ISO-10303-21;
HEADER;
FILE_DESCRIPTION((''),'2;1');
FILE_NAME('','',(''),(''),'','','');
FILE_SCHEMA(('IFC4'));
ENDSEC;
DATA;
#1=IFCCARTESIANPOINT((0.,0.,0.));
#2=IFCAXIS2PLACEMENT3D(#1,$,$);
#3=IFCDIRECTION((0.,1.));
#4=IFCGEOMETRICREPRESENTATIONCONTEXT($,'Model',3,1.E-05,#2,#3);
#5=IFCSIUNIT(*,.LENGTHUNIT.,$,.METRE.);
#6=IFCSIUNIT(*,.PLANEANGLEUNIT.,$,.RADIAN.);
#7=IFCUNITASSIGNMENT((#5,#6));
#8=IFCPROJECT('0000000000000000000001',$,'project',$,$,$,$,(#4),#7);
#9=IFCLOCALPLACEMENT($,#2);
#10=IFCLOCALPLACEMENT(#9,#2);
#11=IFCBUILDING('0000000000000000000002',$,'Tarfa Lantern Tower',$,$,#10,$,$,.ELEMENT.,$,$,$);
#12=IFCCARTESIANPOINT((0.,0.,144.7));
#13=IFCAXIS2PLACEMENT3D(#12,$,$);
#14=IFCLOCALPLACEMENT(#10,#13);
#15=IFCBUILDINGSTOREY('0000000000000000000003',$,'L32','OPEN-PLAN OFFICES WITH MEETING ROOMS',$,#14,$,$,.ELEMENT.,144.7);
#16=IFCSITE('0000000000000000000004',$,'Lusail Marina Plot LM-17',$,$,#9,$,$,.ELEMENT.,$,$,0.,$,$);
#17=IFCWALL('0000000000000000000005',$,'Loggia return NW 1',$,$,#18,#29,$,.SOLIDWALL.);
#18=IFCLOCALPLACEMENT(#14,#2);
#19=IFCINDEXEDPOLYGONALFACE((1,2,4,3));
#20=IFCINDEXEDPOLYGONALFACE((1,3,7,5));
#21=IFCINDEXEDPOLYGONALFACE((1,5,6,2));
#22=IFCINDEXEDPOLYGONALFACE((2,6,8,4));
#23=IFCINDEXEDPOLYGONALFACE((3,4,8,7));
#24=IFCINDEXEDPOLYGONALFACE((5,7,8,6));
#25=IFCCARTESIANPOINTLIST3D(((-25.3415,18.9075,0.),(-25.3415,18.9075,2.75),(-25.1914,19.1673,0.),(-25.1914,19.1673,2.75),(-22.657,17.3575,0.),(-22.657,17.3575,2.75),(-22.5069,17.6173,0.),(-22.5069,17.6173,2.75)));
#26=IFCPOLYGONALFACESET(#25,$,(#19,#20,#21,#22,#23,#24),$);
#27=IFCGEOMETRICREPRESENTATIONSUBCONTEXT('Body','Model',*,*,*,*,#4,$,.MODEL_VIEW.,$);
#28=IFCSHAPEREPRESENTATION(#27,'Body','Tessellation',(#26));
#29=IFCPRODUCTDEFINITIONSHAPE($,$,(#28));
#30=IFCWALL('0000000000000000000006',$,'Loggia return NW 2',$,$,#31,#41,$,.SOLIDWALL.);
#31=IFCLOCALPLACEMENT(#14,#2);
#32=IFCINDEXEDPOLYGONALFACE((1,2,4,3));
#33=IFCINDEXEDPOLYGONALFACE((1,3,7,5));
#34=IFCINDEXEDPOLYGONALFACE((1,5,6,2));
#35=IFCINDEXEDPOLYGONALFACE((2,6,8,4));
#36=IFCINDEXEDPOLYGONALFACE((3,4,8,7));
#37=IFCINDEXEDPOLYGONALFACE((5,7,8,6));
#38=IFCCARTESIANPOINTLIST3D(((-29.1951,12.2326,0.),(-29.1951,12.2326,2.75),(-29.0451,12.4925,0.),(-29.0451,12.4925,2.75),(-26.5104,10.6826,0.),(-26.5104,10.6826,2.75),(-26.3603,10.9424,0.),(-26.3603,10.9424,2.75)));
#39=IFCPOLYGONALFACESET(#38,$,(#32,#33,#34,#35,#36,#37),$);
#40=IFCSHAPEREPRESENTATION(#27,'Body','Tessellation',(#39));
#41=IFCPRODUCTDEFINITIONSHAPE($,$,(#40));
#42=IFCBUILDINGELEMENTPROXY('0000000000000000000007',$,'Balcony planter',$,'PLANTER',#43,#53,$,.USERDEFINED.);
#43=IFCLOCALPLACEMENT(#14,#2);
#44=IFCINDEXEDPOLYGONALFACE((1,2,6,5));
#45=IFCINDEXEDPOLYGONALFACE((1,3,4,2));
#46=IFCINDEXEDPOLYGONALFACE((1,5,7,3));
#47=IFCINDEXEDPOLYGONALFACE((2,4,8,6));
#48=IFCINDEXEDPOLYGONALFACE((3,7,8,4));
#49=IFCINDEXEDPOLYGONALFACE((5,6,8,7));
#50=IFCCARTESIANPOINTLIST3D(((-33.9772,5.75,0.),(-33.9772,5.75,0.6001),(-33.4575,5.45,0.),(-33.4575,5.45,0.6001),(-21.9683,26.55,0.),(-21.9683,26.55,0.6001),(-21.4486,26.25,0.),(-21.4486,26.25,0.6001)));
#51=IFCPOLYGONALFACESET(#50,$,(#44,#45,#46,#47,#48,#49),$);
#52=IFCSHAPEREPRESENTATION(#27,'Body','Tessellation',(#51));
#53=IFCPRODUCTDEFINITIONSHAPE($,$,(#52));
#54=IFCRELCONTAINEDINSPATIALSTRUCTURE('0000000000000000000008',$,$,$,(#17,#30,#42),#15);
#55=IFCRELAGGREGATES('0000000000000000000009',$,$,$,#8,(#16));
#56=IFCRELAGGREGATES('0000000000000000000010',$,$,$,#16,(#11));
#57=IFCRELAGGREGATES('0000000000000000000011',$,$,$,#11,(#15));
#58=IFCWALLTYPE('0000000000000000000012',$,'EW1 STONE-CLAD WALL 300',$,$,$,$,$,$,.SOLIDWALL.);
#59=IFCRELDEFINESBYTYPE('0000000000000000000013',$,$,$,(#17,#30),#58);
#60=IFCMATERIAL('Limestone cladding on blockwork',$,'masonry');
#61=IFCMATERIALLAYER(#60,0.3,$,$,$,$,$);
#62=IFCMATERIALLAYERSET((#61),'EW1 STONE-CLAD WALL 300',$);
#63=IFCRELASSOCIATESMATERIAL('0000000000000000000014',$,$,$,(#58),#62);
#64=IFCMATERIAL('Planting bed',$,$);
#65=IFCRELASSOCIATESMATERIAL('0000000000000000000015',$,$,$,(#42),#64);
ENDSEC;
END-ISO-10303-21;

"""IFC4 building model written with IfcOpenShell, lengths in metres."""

from ifc_helpers import new_model, si_unit, direction, frame, frame_2d, origin, origin_2d, place, context, subcontext, project, spatial, rectangle, extrude, material, layer, layer_set, type_object, element, save


model = new_model("IFC4")

# Units and contexts
model_context = context("Model", 3, precision=1e-05, world=origin(), true_north=direction((0.0, 1.0)))
body_context = subcontext(model_context, "Body", "Model", "MODEL_VIEW")
ifc_project = project(units=[si_unit("LENGTHUNIT", "METRE"), si_unit("PLANEANGLEUNIT", "RADIAN")], contexts=[model_context])

# Site, building, storey
site_placement = place(None, origin())
site = spatial("IfcSite", under=ifc_project, at=site_placement, Name="Lusail Marina Plot LM-17", CompositionType="ELEMENT", RefElevation=0.0)
building_placement = place(site_placement, origin())
building = spatial("IfcBuilding", under=site, at=building_placement, Name="Tarfa Lantern Tower", CompositionType="ELEMENT")
storey_placement = place(building_placement, frame((0.0, 0.0, 144.7)))
storey = spatial("IfcBuildingStorey", under=building, at=storey_placement, Name="L32", Description="OPEN-PLAN OFFICES WITH MEETING ROOMS", CompositionType="ELEMENT", Elevation=144.7)

# Walls
ifc_material_1 = material(Name="Limestone cladding on blockwork", Category="masonry")
ifc_layer_1 = layer(ifc_material_1, 0.3)
ifc_layer_set_1 = layer_set([ifc_layer_1], Name="EW1 STONE-CLAD WALL 300")
wall_type = type_object("IfcWallType", Name="EW1 STONE-CLAD WALL 300", PredefinedType="SOLIDWALL", material=ifc_layer_set_1)
wall_1_placement = place(storey_placement, frame((-25.2664, 19.0374, 0.0), z_axis=(0.0, 0.0, 1.0), x_axis=(0.86601, -0.500027, 0.0)))
element("IfcWall", 1, at=wall_1_placement, inside=storey, type_object=wall_type, Name="Loggia return NW 1", PredefinedType="SOLIDWALL", context=body_context, shape_type="SweptSolid", body=[
    extrude(rectangle(XDim=3.0999, YDim=0.3, at=frame_2d((1.5498, 0.0))), origin(), (0.0, 0.0, 1.0), 2.75),
])
wall_2_placement = place(storey_placement, frame((-29.1201, 12.3625, 0.0), z_axis=(0.0, 0.0, 1.0), x_axis=(0.86603, -0.499993, 0.0)))
element("IfcWall", 2, at=wall_2_placement, inside=storey, type_object=wall_type, Name="Loggia return NW 2", PredefinedType="SOLIDWALL", context=body_context, shape_type="SweptSolid", body=[
    extrude(rectangle(XDim=3.1001, YDim=0.3, at=frame_2d((1.55, 0.0))), origin(), (0.0, 0.0, 1.0), 2.75),
])

# Building element proxy
ifc_material_2 = material(Name="Planting bed")
proxy_placement = place(storey_placement, frame((-27.7129, 16.0, 0.0), z_axis=(0.0, 0.0, 1.0), x_axis=(-0.5, -0.866025, 0.0)))
element("IfcBuildingElementProxy", 3, at=proxy_placement, inside=storey, material=ifc_material_2, Name="Balcony planter", ObjectType="PLANTER", PredefinedType="USERDEFINED", context=body_context, shape_type="SweptSolid", body=[
    extrude(rectangle(XDim=24.0178, YDim=0.6001, at=origin_2d()), origin(), (0.0, 0.0, 1.0), 0.6001),
])

save(model, "model.ifc")
